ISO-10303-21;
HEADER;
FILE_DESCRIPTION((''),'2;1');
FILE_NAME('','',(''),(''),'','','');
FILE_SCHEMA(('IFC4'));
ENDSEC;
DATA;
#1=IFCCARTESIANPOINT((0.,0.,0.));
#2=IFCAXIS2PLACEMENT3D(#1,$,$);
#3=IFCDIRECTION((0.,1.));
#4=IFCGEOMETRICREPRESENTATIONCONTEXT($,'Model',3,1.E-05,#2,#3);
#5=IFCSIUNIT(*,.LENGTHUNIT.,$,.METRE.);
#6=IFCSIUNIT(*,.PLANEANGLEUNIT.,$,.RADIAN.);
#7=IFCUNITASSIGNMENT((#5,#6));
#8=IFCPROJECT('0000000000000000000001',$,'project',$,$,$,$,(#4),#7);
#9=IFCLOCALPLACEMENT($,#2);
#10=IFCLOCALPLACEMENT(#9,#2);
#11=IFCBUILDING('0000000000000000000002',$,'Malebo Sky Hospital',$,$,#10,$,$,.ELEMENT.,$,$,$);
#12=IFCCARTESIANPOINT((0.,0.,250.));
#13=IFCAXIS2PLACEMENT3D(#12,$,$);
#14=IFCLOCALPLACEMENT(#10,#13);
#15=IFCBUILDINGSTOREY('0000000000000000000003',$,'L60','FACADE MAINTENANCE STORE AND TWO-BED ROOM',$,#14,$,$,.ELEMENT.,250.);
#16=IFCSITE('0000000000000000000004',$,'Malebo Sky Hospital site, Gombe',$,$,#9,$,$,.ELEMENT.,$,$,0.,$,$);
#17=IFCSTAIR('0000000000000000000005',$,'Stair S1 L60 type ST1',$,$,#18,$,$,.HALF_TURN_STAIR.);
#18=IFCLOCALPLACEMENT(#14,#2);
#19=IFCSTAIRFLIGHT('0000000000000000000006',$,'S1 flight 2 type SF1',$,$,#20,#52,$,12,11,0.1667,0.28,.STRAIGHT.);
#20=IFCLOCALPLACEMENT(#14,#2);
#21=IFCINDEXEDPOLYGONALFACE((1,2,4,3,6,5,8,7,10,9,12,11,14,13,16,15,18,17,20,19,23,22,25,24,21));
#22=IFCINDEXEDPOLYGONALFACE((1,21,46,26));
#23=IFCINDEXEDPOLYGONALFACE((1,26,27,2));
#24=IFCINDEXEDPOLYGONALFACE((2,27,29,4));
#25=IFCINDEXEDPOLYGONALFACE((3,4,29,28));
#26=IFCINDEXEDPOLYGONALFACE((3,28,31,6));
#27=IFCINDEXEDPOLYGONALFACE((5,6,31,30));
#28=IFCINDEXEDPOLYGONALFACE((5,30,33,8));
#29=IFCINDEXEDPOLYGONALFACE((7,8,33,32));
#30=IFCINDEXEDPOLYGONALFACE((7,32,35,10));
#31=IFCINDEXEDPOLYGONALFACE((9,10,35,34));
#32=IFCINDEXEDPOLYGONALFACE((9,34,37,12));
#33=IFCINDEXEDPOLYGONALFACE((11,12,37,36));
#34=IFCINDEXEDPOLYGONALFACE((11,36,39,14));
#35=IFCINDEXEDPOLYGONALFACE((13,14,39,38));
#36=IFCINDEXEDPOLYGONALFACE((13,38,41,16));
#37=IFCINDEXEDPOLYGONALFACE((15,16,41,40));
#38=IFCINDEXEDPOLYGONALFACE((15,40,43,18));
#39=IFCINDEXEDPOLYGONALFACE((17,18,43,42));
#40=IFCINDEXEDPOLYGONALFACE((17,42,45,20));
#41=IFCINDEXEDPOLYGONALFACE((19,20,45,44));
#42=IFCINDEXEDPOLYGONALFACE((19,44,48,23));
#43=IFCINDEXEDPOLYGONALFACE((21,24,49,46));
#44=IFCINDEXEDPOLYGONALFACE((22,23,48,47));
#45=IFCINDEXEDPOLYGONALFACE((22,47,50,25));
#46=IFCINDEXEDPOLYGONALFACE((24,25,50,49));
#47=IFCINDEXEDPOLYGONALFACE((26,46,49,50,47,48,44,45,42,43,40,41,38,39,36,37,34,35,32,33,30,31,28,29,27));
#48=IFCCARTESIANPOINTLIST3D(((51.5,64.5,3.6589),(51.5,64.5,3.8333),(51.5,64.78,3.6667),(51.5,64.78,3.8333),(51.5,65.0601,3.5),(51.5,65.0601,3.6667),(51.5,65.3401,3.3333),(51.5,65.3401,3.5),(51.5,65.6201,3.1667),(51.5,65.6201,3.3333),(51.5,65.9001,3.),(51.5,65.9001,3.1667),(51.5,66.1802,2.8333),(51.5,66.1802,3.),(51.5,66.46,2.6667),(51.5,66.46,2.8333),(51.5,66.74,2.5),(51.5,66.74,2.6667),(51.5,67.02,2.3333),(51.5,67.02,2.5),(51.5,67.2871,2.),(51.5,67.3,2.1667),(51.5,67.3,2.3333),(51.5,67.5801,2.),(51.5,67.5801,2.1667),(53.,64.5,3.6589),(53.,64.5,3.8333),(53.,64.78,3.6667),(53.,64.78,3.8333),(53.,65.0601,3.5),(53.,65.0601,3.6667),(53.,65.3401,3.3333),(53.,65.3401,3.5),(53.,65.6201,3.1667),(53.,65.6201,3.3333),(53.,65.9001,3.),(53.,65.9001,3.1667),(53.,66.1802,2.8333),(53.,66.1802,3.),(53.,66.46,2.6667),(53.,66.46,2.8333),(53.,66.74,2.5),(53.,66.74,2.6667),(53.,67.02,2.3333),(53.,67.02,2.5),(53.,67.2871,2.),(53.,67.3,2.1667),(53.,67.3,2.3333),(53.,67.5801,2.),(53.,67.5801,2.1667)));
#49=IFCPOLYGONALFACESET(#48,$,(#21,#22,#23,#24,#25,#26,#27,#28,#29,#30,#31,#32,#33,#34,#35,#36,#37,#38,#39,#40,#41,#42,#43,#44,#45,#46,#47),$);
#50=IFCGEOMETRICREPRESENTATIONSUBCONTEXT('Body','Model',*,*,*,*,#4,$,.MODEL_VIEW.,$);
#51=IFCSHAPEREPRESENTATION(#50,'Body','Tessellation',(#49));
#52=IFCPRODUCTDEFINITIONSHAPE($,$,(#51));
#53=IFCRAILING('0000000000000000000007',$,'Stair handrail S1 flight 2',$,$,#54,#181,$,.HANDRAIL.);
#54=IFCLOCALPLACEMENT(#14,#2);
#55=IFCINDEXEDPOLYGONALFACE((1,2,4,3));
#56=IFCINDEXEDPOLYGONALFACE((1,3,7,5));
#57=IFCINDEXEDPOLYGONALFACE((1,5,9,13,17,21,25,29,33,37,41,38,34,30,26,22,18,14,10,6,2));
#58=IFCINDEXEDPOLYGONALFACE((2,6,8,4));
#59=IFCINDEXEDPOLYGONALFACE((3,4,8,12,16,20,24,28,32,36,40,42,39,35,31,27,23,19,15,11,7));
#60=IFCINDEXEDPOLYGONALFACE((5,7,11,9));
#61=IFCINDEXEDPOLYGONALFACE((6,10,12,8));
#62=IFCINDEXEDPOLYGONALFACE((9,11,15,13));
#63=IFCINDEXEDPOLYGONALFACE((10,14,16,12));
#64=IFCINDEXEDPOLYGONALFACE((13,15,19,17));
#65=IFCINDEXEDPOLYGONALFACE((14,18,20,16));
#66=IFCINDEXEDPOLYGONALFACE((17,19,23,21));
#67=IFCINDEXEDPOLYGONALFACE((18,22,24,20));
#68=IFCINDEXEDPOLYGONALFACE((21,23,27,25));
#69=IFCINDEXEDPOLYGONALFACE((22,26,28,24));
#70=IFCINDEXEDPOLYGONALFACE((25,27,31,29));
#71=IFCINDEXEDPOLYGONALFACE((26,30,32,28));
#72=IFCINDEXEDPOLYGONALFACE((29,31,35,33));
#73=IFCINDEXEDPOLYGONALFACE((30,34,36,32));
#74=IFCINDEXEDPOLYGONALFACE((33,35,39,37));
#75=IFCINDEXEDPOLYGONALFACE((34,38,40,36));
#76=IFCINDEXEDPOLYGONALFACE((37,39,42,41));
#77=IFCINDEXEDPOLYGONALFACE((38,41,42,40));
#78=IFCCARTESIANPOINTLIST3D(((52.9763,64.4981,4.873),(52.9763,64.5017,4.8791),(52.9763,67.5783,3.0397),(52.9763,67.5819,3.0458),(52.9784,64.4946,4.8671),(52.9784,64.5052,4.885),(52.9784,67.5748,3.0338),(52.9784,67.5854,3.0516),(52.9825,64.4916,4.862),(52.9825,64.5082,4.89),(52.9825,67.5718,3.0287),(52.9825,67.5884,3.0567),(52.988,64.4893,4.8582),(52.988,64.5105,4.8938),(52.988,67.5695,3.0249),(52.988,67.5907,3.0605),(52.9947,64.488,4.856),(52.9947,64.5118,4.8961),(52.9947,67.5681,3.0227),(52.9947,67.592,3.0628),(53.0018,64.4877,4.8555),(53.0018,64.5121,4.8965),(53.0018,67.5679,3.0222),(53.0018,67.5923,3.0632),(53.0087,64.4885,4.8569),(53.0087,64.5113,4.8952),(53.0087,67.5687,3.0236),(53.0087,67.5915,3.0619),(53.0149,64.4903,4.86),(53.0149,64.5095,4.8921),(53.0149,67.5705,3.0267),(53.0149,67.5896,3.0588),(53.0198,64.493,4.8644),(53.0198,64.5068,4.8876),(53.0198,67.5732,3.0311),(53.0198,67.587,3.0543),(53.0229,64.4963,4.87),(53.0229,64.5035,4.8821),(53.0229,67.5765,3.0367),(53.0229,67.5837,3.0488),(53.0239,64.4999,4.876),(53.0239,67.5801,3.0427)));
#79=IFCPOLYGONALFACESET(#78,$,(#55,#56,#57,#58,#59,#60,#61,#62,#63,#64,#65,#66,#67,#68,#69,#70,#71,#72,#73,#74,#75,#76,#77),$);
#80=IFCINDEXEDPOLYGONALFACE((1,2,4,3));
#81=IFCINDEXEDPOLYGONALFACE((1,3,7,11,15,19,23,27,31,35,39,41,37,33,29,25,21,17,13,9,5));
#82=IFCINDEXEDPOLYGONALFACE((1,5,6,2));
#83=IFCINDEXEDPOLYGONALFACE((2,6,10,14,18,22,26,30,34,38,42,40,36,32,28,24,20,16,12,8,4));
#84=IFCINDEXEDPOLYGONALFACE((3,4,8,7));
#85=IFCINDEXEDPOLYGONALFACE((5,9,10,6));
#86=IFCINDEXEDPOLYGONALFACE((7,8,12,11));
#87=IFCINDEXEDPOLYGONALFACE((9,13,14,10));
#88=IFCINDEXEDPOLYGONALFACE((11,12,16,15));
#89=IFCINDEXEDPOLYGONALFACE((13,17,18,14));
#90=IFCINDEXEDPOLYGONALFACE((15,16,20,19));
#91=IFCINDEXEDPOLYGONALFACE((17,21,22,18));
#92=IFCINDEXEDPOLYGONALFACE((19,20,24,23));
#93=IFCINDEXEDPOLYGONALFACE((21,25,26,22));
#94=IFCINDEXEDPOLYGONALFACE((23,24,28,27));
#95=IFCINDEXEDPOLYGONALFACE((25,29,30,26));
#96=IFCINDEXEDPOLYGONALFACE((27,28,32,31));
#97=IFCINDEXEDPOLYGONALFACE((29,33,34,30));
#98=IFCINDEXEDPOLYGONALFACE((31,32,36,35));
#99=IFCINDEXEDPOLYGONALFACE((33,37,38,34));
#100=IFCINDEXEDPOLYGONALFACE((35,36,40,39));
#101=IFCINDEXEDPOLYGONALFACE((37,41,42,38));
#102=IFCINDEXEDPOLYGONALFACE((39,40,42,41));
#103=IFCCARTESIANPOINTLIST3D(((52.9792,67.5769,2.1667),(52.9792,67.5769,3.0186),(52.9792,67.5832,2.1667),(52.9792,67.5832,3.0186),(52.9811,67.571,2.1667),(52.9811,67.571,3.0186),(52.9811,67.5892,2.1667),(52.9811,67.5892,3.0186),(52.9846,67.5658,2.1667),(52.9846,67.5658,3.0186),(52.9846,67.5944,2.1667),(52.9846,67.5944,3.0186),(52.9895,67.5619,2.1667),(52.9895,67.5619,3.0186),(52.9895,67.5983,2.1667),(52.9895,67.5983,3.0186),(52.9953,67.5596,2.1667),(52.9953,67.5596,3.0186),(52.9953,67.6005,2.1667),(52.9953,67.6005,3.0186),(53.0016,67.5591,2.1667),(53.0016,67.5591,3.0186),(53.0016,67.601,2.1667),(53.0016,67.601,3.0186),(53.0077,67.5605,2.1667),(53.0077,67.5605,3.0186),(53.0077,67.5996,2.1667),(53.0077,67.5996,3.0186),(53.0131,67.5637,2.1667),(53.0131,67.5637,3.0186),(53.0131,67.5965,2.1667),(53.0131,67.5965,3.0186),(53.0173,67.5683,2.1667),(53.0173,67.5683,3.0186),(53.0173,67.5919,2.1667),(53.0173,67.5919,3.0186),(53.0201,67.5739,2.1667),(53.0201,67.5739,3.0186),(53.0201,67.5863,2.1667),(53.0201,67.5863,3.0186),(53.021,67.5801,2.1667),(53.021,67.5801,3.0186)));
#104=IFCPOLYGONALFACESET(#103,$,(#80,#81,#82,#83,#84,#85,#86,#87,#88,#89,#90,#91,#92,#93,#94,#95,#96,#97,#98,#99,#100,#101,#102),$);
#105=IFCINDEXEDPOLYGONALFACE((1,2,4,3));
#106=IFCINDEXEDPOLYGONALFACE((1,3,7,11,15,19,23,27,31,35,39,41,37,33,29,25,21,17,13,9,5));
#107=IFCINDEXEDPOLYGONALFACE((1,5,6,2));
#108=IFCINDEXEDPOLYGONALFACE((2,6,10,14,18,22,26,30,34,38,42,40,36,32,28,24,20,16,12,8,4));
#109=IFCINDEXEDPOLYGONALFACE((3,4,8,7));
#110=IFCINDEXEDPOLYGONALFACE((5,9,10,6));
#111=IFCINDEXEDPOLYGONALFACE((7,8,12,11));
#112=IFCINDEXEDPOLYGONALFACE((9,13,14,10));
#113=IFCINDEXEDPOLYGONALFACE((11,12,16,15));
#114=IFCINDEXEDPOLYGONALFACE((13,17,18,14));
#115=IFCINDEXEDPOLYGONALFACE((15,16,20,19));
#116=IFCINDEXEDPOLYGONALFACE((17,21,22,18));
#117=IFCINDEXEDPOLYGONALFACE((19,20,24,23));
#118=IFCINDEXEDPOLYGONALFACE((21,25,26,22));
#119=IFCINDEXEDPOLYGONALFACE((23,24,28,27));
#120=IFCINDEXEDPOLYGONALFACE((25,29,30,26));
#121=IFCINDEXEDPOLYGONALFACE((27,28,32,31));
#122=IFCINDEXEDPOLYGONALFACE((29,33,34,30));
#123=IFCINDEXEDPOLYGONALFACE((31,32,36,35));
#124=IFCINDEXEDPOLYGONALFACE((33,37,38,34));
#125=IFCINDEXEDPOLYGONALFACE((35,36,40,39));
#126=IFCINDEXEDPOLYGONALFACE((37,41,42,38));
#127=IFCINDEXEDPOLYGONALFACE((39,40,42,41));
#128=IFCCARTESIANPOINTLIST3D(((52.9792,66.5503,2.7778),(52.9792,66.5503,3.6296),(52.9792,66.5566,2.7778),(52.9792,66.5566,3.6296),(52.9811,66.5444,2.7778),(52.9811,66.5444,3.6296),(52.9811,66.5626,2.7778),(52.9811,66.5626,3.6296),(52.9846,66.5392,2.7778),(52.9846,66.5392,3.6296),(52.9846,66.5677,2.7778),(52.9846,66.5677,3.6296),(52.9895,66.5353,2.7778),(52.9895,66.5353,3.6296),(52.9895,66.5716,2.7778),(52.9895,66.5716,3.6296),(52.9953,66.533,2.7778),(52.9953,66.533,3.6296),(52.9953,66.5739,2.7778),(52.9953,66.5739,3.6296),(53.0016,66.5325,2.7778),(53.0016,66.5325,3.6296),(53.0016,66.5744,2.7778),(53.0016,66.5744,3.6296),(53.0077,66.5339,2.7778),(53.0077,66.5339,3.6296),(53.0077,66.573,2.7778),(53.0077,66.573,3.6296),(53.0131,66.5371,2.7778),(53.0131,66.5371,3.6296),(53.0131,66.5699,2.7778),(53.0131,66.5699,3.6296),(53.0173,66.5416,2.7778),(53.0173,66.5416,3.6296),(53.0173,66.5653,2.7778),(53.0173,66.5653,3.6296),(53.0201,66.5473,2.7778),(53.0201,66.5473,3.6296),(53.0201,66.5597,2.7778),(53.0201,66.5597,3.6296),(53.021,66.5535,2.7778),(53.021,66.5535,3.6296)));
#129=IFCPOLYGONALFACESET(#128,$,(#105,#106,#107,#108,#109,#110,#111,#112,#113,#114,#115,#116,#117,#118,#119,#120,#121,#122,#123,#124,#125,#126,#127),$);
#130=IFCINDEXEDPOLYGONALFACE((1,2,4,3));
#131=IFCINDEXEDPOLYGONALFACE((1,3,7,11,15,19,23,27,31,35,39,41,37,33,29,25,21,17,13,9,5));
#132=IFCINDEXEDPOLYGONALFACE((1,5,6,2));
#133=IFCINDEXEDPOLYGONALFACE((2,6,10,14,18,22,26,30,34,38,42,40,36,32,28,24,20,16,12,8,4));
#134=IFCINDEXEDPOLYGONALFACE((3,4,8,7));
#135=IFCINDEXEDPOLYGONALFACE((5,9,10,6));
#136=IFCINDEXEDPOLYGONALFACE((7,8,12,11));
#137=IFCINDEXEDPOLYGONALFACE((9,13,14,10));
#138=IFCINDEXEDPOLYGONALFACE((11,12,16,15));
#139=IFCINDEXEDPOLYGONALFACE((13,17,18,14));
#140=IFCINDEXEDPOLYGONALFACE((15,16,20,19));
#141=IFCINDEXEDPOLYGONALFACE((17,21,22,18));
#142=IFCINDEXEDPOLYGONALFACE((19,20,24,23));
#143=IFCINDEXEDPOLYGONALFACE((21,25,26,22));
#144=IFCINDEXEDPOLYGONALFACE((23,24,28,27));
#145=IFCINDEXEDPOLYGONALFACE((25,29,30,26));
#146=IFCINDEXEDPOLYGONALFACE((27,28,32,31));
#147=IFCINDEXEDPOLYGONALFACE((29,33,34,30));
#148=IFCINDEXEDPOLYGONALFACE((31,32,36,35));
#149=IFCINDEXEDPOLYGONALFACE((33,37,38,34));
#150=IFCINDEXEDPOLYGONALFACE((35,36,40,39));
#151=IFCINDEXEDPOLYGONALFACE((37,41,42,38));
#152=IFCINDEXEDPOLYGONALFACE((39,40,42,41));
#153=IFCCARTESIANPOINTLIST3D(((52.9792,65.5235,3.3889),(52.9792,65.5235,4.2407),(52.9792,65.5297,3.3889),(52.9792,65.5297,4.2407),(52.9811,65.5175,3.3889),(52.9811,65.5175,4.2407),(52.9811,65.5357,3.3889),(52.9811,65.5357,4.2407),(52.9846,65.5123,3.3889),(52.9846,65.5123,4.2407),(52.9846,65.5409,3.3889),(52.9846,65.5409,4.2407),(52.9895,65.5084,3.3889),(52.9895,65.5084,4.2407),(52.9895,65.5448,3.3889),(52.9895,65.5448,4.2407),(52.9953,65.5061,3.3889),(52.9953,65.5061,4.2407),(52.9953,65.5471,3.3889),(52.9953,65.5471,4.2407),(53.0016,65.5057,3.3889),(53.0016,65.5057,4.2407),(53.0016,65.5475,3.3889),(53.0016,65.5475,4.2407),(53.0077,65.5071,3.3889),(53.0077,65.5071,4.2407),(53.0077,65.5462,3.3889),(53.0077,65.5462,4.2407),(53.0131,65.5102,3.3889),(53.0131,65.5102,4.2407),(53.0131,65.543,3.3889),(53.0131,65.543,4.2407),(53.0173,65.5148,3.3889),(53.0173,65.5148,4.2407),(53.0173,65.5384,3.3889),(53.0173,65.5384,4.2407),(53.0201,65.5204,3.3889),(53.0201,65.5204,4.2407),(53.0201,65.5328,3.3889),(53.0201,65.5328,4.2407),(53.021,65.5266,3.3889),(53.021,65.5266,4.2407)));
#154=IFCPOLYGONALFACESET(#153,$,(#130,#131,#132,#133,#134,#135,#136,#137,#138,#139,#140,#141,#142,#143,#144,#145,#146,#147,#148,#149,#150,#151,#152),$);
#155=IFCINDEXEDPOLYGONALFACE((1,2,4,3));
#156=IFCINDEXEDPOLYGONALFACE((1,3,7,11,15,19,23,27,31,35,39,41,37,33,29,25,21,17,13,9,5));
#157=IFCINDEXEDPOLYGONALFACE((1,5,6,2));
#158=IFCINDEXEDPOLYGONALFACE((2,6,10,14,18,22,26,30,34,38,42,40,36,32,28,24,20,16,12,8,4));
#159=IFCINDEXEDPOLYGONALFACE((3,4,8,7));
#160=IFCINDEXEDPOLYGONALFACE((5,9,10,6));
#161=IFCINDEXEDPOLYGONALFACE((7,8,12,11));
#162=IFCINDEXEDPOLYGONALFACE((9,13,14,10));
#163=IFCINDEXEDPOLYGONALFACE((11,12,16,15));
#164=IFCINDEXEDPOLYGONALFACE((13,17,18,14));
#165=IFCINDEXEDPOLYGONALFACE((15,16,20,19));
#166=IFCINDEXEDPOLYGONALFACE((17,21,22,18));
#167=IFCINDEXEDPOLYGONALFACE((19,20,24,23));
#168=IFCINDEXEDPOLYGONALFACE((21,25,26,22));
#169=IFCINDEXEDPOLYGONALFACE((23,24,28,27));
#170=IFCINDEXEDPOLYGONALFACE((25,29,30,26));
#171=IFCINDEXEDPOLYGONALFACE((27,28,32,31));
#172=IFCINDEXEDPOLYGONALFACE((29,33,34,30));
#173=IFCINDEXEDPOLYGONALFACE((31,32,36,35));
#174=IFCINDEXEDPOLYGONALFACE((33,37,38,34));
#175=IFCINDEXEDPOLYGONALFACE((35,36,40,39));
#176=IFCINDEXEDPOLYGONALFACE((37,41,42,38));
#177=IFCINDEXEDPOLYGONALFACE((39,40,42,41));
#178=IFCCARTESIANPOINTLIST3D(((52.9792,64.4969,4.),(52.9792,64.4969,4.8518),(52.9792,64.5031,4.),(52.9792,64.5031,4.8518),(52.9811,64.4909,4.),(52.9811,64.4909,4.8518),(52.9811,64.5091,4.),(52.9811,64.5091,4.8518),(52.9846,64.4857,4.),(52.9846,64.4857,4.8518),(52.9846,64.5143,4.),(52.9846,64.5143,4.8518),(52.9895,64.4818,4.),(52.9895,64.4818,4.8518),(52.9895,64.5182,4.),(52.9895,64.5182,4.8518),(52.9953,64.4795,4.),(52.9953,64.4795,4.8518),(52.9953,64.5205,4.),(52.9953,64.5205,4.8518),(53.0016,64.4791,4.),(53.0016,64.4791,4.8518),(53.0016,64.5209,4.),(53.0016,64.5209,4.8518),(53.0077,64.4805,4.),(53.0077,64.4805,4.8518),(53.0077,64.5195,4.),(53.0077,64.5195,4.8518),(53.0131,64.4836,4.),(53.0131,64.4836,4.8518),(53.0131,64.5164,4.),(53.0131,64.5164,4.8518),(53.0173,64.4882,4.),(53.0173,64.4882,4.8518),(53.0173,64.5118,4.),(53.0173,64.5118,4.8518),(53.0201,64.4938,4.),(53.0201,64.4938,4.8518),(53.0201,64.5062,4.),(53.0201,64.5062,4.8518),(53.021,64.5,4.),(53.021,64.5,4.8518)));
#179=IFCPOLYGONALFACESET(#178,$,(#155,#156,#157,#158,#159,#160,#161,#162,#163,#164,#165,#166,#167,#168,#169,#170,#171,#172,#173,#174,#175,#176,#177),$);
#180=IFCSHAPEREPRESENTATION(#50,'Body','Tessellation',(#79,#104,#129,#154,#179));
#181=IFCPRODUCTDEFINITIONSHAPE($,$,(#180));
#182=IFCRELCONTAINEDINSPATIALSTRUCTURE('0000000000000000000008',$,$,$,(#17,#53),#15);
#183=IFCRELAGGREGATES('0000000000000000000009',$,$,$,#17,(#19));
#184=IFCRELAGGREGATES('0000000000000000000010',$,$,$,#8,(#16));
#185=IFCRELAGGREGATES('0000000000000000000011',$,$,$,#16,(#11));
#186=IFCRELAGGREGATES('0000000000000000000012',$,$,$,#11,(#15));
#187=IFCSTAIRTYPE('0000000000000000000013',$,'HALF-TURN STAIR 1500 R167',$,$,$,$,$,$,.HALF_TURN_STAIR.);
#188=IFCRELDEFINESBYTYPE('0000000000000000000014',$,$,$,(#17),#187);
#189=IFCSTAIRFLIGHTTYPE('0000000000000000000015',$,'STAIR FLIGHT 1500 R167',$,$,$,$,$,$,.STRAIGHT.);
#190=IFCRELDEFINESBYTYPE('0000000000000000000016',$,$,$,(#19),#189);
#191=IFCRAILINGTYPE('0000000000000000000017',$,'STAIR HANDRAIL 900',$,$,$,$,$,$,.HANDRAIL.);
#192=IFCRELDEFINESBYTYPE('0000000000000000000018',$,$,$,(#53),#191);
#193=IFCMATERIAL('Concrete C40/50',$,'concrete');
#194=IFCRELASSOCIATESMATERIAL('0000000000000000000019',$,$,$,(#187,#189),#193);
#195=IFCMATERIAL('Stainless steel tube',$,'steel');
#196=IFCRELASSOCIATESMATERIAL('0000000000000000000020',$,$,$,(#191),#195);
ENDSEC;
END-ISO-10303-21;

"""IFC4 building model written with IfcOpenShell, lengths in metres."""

from ifc_helpers import new_model, si_unit, direction, frame, origin, origin_2d, place, context, subcontext, project, spatial, polyline, circle, outline, extrude, material, type_object, element, aggregate, save


model = new_model("IFC4")

# Units and contexts
model_context = context("Model", 3, precision=1e-05, world=origin(), true_north=direction((0.0, 1.0)))
body_context = subcontext(model_context, "Body", "Model", "MODEL_VIEW")
ifc_project = project(units=[si_unit("LENGTHUNIT", "METRE"), si_unit("PLANEANGLEUNIT", "RADIAN")], contexts=[model_context])

# Site, building, storey
site_placement = place(None, origin())
site = spatial("IfcSite", under=ifc_project, at=site_placement, Name="Malebo Sky Hospital site, Gombe", CompositionType="ELEMENT", RefElevation=0.0)
building_placement = place(site_placement, origin())
building = spatial("IfcBuilding", under=site, at=building_placement, Name="Malebo Sky Hospital", CompositionType="ELEMENT")
storey_placement = place(building_placement, frame((0.0, 0.0, 250.0)))
storey = spatial("IfcBuildingStorey", under=building, at=storey_placement, Name="L60", Description="FACADE MAINTENANCE STORE AND TWO-BED ROOM", CompositionType="ELEMENT", Elevation=250.0)

# Stair, stair flight
ifc_material_1 = material(Name="Concrete C40/50", Category="concrete")
stair_type = type_object("IfcStairType", Name="HALF-TURN STAIR 1500 R167", PredefinedType="HALF_TURN_STAIR", material=ifc_material_1)
stair_placement = place(storey_placement, origin())
stair = element("IfcStair", 1, at=stair_placement, inside=storey, type_object=stair_type, Name="Stair S1 L60 type ST1", PredefinedType="HALF_TURN_STAIR")
stair_flight_type = type_object("IfcStairFlightType", Name="STAIR FLIGHT 1500 R167", PredefinedType="STRAIGHT", material=ifc_material_1)
stair_flight_placement = place(storey_placement, frame((52.25, 67.5801, 2.0), z_axis=(0.0, 0.0, 1.0), x_axis=(0.0, -1.0, 0.0)))
stair_flight = element("IfcStairFlight", 2, at=stair_flight_placement, type_object=stair_flight_type, Name="S1 flight 2 type SF1", NumberOfRisers=12, NumberOfTreads=11, PredefinedType="STRAIGHT", RiserHeight=0.1667, TreadLength=0.28, context=body_context, shape_type="SweptSolid", body=[
    extrude(outline(polyline([(0.0, 0.0), (0.0, 0.1667), (0.28, 0.1667), (0.28, 0.3333), (0.5601, 0.3333), (0.5601, 0.5), (0.8401, 0.5), (0.8401, 0.6667), (1.1201, 0.6667), (1.1201, 0.8333), (1.3999, 0.8333), (1.3999, 1.0), (1.6799, 1.0), (1.6799, 1.1667), (1.96, 1.1667), (1.96, 1.3333), (2.24, 1.3333), (2.24, 1.5), (2.52, 1.5), (2.52, 1.6667), (2.8, 1.6667), (2.8, 1.8333), (3.0801, 1.8333), (3.0801, 2.0), (3.0801, 1.6589), (0.293, 0.0), (0.0, 0.0)])), frame((0.0, 0.75, 0.0), z_axis=(0.0, -1.0, 0.0), x_axis=(1.0, 0.0, 0.0)), (0.0, 0.0, 1.0), 1.5),
])
aggregate(stair, [stair_flight])

# Railing
ifc_material_2 = material(Name="Stainless steel tube", Category="steel")
railing_type = type_object("IfcRailingType", Name="STAIR HANDRAIL 900", PredefinedType="HANDRAIL", material=ifc_material_2)
railing_placement = place(storey_placement, frame((53.0, 67.5801, 2.1667)))
element("IfcRailing", 3, at=railing_placement, inside=storey, type_object=railing_type, Name="Stair handrail S1 flight 2", PredefinedType="HANDRAIL", context=body_context, shape_type="SweptSolid", body=[
    extrude(circle(Radius=0.0239, at=origin_2d()), frame((0.0, 0.0, 0.876), z_axis=(0.0, -0.859309, 0.511458), x_axis=(1.0, 0.0, 0.0)), (0.0, 0.0, 1.0), 3.5845),
    extrude(circle(Radius=0.021, at=origin_2d()), origin(), (0.0, 0.0, 1.0), 0.8518),
    extrude(circle(Radius=0.021, at=origin_2d()), frame((0.0, -1.0266, 0.6111)), (0.0, 0.0, 1.0), 0.8518),
    extrude(circle(Radius=0.021, at=origin_2d()), frame((0.0, -2.0535, 1.2222)), (0.0, 0.0, 1.0), 0.8518),
    extrude(circle(Radius=0.021, at=origin_2d()), frame((0.0, -3.0801, 1.8333)), (0.0, 0.0, 1.0), 0.8518),
])

save(model, "model.ifc")
